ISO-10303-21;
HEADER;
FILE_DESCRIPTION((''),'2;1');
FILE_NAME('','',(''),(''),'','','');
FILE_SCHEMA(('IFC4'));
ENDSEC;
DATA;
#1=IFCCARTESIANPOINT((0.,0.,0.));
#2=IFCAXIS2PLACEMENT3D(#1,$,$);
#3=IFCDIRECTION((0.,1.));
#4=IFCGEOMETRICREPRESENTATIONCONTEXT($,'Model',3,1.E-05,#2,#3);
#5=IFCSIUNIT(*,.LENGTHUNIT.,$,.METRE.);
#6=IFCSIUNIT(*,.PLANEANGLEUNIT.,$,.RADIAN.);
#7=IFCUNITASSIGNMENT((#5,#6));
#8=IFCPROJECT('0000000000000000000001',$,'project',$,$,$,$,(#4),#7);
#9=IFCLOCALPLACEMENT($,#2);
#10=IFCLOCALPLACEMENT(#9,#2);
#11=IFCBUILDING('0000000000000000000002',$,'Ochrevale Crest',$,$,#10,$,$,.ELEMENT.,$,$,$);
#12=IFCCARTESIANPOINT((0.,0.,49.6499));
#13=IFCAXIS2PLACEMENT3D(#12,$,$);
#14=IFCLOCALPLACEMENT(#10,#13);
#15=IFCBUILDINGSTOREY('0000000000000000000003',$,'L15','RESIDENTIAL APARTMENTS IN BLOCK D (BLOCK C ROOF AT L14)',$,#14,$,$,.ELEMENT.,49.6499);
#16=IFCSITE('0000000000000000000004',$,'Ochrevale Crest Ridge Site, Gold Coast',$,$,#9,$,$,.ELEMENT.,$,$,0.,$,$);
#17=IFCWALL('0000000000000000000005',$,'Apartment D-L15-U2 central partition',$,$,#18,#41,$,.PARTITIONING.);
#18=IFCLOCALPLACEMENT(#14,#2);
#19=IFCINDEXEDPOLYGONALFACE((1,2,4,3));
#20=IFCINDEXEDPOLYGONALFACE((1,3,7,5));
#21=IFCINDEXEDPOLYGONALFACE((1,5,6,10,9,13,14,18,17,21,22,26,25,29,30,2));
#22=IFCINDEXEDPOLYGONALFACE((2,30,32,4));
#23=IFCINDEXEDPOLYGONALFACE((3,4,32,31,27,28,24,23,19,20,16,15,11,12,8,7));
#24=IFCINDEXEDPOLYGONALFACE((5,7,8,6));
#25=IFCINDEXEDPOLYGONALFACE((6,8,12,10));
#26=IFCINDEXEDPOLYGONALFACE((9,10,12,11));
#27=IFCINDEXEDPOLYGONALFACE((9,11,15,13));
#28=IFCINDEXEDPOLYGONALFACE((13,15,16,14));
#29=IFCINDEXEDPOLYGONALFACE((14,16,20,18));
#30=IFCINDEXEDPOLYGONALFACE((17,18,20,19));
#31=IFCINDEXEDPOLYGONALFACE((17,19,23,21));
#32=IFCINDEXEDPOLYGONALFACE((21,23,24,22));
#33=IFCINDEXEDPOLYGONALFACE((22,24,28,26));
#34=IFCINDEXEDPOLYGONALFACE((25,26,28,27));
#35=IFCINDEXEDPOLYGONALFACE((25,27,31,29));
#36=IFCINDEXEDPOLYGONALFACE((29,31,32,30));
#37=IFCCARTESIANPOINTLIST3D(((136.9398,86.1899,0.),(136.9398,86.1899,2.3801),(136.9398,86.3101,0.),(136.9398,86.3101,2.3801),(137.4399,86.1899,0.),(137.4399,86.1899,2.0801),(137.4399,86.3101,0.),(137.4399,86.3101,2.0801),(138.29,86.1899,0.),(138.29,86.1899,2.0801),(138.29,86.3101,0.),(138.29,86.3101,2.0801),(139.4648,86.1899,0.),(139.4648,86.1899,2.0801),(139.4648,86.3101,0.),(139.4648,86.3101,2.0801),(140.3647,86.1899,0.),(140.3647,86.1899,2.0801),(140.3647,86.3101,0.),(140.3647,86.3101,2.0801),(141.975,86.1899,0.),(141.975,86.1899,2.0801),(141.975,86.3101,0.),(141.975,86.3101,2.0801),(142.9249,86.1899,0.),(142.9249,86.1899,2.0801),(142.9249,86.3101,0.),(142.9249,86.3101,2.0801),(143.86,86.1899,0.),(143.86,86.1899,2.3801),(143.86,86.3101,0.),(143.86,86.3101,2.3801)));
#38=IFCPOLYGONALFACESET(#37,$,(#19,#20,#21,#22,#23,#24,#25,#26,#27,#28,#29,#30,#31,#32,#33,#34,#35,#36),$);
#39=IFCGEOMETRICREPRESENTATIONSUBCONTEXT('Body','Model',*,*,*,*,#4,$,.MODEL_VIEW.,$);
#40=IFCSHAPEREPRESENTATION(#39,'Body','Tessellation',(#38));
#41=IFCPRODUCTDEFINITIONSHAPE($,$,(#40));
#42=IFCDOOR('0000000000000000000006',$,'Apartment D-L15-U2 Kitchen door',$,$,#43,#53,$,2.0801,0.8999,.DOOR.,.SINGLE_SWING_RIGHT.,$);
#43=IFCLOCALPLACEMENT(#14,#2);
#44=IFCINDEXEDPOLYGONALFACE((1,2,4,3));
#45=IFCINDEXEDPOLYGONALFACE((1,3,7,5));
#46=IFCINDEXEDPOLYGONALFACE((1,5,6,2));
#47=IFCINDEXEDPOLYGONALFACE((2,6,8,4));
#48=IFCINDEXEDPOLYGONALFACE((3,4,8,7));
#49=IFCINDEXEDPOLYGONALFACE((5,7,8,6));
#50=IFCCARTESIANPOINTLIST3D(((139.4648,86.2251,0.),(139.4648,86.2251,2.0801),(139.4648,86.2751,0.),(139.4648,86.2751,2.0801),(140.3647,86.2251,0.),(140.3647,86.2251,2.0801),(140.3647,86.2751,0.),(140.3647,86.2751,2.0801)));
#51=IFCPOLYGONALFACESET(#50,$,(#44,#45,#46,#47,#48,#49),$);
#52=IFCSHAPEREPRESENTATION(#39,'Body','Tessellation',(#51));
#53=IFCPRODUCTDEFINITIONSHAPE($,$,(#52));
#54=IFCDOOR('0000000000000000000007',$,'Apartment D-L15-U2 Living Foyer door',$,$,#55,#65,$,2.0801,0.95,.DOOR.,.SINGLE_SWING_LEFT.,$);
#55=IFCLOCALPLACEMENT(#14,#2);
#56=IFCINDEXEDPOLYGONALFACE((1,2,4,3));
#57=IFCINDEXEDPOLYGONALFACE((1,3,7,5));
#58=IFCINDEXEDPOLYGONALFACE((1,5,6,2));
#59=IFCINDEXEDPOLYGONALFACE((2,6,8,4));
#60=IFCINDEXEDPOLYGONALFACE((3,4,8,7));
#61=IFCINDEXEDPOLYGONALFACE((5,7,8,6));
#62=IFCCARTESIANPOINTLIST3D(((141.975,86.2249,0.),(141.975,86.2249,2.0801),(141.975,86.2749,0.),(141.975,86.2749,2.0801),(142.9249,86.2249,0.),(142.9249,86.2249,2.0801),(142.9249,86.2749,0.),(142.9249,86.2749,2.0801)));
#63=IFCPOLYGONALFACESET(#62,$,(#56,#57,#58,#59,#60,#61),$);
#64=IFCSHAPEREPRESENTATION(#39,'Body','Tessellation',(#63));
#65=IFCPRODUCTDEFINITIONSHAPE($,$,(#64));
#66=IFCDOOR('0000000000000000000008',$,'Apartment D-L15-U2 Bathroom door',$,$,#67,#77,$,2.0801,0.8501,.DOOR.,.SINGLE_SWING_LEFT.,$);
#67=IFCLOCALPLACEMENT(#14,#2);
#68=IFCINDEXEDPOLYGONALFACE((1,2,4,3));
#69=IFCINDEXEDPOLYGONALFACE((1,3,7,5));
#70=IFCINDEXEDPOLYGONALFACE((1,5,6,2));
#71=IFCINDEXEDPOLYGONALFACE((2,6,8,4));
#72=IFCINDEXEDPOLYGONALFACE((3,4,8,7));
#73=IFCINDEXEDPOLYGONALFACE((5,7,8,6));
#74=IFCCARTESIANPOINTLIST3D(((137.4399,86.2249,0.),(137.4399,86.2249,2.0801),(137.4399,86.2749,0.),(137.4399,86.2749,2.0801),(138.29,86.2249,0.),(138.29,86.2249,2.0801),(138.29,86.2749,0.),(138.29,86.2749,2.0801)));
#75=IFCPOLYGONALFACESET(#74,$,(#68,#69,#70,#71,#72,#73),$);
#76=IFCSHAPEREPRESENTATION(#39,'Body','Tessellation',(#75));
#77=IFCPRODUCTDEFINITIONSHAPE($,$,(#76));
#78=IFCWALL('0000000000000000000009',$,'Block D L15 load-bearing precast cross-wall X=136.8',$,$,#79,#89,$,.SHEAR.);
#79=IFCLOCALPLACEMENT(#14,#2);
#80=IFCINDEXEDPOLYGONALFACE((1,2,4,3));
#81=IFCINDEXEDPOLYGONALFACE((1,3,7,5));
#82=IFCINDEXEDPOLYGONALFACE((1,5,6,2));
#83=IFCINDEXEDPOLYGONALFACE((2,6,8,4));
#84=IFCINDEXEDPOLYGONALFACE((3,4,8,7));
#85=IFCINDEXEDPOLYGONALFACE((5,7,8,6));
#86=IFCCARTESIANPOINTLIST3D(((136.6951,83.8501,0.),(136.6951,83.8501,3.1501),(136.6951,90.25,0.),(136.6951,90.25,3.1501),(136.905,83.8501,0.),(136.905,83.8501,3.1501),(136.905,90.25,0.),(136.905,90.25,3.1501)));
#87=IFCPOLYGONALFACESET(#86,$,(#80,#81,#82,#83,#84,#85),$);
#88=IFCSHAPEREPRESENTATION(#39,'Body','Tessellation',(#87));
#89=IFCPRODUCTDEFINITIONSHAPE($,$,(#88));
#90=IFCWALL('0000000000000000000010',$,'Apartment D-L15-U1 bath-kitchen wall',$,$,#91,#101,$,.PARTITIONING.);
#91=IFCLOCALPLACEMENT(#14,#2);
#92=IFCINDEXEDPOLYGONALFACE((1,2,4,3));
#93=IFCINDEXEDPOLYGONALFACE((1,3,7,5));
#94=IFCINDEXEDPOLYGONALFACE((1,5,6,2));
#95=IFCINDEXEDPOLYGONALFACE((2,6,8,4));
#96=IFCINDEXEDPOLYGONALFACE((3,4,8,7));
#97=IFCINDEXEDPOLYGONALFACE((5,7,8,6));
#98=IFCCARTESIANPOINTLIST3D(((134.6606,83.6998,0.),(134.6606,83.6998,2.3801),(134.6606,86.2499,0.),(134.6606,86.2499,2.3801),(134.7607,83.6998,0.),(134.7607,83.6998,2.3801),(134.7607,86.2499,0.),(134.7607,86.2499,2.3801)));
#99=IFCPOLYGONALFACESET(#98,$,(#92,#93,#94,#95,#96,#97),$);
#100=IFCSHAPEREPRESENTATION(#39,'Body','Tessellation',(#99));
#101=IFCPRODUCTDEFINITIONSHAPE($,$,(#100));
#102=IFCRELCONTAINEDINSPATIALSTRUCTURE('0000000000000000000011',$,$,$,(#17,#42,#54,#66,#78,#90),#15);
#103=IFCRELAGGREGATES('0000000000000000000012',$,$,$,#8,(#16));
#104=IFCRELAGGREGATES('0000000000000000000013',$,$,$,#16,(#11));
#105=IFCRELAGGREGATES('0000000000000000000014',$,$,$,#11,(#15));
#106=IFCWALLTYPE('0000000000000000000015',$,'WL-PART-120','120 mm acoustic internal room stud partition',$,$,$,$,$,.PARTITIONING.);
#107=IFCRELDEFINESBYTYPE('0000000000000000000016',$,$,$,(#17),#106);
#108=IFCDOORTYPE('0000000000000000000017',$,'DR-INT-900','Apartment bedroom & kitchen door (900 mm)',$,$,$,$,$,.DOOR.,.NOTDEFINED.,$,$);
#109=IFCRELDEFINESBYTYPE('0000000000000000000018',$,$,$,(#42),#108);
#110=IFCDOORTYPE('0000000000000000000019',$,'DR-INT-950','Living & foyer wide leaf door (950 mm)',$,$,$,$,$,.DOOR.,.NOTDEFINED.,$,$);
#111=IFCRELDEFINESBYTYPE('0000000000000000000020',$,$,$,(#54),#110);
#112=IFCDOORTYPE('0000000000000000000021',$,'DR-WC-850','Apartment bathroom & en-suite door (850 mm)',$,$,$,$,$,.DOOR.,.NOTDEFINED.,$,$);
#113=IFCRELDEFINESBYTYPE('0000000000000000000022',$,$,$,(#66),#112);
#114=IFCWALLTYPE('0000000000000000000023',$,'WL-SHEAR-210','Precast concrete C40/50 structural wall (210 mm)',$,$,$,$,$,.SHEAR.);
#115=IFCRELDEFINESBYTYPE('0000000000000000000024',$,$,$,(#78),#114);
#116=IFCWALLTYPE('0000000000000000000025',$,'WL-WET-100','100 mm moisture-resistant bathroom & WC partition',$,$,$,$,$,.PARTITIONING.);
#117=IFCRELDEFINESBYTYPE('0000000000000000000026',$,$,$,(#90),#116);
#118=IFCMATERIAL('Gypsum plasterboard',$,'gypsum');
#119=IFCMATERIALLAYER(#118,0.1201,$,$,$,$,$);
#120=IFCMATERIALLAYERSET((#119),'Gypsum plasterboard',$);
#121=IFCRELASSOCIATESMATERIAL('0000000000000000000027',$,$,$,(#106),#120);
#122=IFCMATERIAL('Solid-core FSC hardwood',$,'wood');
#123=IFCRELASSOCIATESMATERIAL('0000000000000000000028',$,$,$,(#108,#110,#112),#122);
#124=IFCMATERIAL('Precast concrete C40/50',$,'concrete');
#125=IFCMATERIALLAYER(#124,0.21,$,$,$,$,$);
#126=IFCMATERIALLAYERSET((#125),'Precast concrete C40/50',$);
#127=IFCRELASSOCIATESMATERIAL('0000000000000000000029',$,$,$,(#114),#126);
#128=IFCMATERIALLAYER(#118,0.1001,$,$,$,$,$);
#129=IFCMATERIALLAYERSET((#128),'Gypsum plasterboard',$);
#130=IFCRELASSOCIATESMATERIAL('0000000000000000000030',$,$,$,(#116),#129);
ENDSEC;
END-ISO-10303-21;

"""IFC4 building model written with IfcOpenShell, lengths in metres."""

from ifc_helpers import new_model, si_unit, direction, frame, frame_2d, origin, place, context, subcontext, project, spatial, rectangle, extrude, material, layer, layer_set, type_object, element, fill, save


model = new_model("IFC4")

# Units and contexts
model_context = context("Model", 3, precision=1e-05, world=origin(), true_north=direction((0.0, 1.0)))
body_context = subcontext(model_context, "Body", "Model", "MODEL_VIEW")
ifc_project = project(units=[si_unit("LENGTHUNIT", "METRE"), si_unit("PLANEANGLEUNIT", "RADIAN")], contexts=[model_context])

# Site, building, storey
site_placement = place(None, origin())
site = spatial("IfcSite", under=ifc_project, at=site_placement, Name="Ochrevale Crest Ridge Site, Gold Coast", CompositionType="ELEMENT", RefElevation=0.0)
building_placement = place(site_placement, origin())
building = spatial("IfcBuilding", under=site, at=building_placement, Name="Ochrevale Crest", CompositionType="ELEMENT")
storey_placement = place(building_placement, frame((0.0, 0.0, 49.6499)))
storey = spatial("IfcBuildingStorey", under=building, at=storey_placement, Name="L15", Description="RESIDENTIAL APARTMENTS IN BLOCK D (BLOCK C ROOF AT L14)", CompositionType="ELEMENT", Elevation=49.6499)

# Shared definitions
ifc_material_1 = material(Name="Precast concrete C40/50", Category="concrete")

# Shared definitions
ifc_material_2 = material(Name="Gypsum plasterboard", Category="gypsum")
ifc_material_3 = material(Name="Solid-core FSC hardwood", Category="wood")

# Wall, openings, doors
ifc_layer_1 = layer(ifc_material_2, 0.1201)
ifc_layer_set_1 = layer_set([ifc_layer_1], Name="Gypsum plasterboard")
wall_type_1 = type_object("IfcWallType", Name="WL-PART-120", Description="120 mm acoustic internal room stud partition", PredefinedType="PARTITIONING", material=ifc_layer_set_1)
wall_1_placement = place(storey_placement, frame((136.9399, 86.25, 0.0), z_axis=(0.0, 0.0, 1.0), x_axis=(1.0, 0.0, 0.0)))
wall_1 = element("IfcWall", 1, at=wall_1_placement, inside=storey, type_object=wall_type_1, Name="Apartment D-L15-U2 central partition", PredefinedType="PARTITIONING", context=body_context, shape_type="SweptSolid", body=[
    extrude(rectangle(XDim=6.9202, YDim=0.1201, at=frame_2d((3.46, 0.0))), origin(), (0.0, 0.0, 1.0), 2.3801),
])
opening_1_placement = place(wall_1_placement, frame((0.5, 0.0, 0.0)))
opening_1 = element("IfcOpeningElement", 2, at=opening_1_placement, cuts=wall_1, PredefinedType="OPENING", context=body_context, shape_type="SweptSolid", body=[
    extrude(rectangle(XDim=0.8501, YDim=2.0801, at=frame_2d((0.425, 1.04))), frame((0.0, 0.0701, 0.0), z_axis=(0.0, -1.0, 0.0), x_axis=(1.0, 0.0, 0.0)), (0.0, 0.0, 1.0), 0.1401),
])
opening_2_placement = place(wall_1_placement, frame((3.4248, 0.0, 0.0), z_axis=(0.0, 0.0, 1.0), x_axis=(-1.0, 0.0, 0.0)))
opening_2 = element("IfcOpeningElement", 3, at=opening_2_placement, cuts=wall_1, PredefinedType="OPENING", context=body_context, shape_type="SweptSolid", body=[
    extrude(rectangle(XDim=0.8999, YDim=2.0801, at=frame_2d((0.45, 1.04))), frame((0.0, 0.0701, 0.0), z_axis=(0.0, -1.0, 0.0), x_axis=(1.0, 0.0, 0.0)), (0.0, 0.0, 1.0), 0.1401),
])
opening_3_placement = place(wall_1_placement, frame((5.0349, 0.0, 0.0)))
opening_3 = element("IfcOpeningElement", 4, at=opening_3_placement, cuts=wall_1, PredefinedType="OPENING", context=body_context, shape_type="SweptSolid", body=[
    extrude(rectangle(XDim=0.95, YDim=2.0801, at=frame_2d((0.4751, 1.04))), frame((0.0, 0.0701, 0.0), z_axis=(0.0, -1.0, 0.0), x_axis=(1.0, 0.0, 0.0)), (0.0, 0.0, 1.0), 0.1401),
])
door_type_1 = type_object("IfcDoorType", Name="DR-INT-900", Description="Apartment bedroom & kitchen door (900 mm)", OperationType="NOTDEFINED", PredefinedType="DOOR", material=ifc_material_3)
door_1_placement = place(opening_2_placement, origin())
door_1 = element("IfcDoor", 5, at=door_1_placement, inside=storey, type_object=door_type_1, Name="Apartment D-L15-U2 Kitchen door", OperationType="SINGLE_SWING_RIGHT", OverallHeight=2.0801, OverallWidth=0.8999, PredefinedType="DOOR", context=body_context, shape_type="SweptSolid", body=[
    extrude(rectangle(XDim=0.8999, YDim=2.0801, at=frame_2d((0.45, 1.04))), frame((0.0, 0.0249, 0.0), z_axis=(0.0, -1.0, 0.0), x_axis=(1.0, 0.0, 0.0)), (0.0, 0.0, 1.0), 0.05),
])
fill(opening_2, door_1)
door_type_2 = type_object("IfcDoorType", Name="DR-INT-950", Description="Living & foyer wide leaf door (950 mm)", OperationType="NOTDEFINED", PredefinedType="DOOR", material=ifc_material_3)
door_2_placement = place(opening_3_placement, origin())
door_2 = element("IfcDoor", 6, at=door_2_placement, inside=storey, type_object=door_type_2, Name="Apartment D-L15-U2 Living Foyer door", OperationType="SINGLE_SWING_LEFT", OverallHeight=2.0801, OverallWidth=0.95, PredefinedType="DOOR", context=body_context, shape_type="SweptSolid", body=[
    extrude(rectangle(XDim=0.95, YDim=2.0801, at=frame_2d((0.4751, 1.04))), frame((0.0, 0.0249, 0.0), z_axis=(0.0, -1.0, 0.0), x_axis=(1.0, 0.0, 0.0)), (0.0, 0.0, 1.0), 0.05),
])
fill(opening_3, door_2)
door_type_3 = type_object("IfcDoorType", Name="DR-WC-850", Description="Apartment bathroom & en-suite door (850 mm)", OperationType="NOTDEFINED", PredefinedType="DOOR", material=ifc_material_3)
door_3_placement = place(opening_1_placement, origin())
door_3 = element("IfcDoor", 7, at=door_3_placement, inside=storey, type_object=door_type_3, Name="Apartment D-L15-U2 Bathroom door", OperationType="SINGLE_SWING_LEFT", OverallHeight=2.0801, OverallWidth=0.8501, PredefinedType="DOOR", context=body_context, shape_type="SweptSolid", body=[
    extrude(rectangle(XDim=0.8501, YDim=2.0801, at=frame_2d((0.425, 1.04))), frame((0.0, 0.0249, 0.0), z_axis=(0.0, -1.0, 0.0), x_axis=(1.0, 0.0, 0.0)), (0.0, 0.0, 1.0), 0.05),
])
fill(opening_1, door_3)

# Walls
ifc_layer_2 = layer(ifc_material_1, 0.21)
ifc_layer_set_2 = layer_set([ifc_layer_2], Name="Precast concrete C40/50")
wall_type_2 = type_object("IfcWallType", Name="WL-SHEAR-210", Description="Precast concrete C40/50 structural wall (210 mm)", PredefinedType="SHEAR", material=ifc_layer_set_2)
wall_2_placement = place(storey_placement, frame((136.8, 83.8501, 0.0), z_axis=(0.0, 0.0, 1.0), x_axis=(0.0, 1.0, 0.0)))
element("IfcWall", 8, at=wall_2_placement, inside=storey, type_object=wall_type_2, Name="Block D L15 load-bearing precast cross-wall X=136.8", PredefinedType="SHEAR", context=body_context, shape_type="SweptSolid", body=[
    extrude(rectangle(XDim=6.3999, YDim=0.21, at=frame_2d((3.2, 0.0))), origin(), (0.0, 0.0, 1.0), 3.1501),
])
ifc_layer_3 = layer(ifc_material_2, 0.1001)
ifc_layer_set_3 = layer_set([ifc_layer_3], Name="Gypsum plasterboard")
wall_type_3 = type_object("IfcWallType", Name="WL-WET-100", Description="100 mm moisture-resistant bathroom & WC partition", PredefinedType="PARTITIONING", material=ifc_layer_set_3)
wall_3_placement = place(storey_placement, frame((134.7107, 83.7, 0.0), z_axis=(0.0, 0.0, 1.0), x_axis=(0.0, 1.0, 0.0)))
element("IfcWall", 9, at=wall_3_placement, inside=storey, type_object=wall_type_3, Name="Apartment D-L15-U1 bath-kitchen wall", PredefinedType="PARTITIONING", context=body_context, shape_type="SweptSolid", body=[
    extrude(rectangle(XDim=2.55, YDim=0.1001, at=frame_2d((1.2749, 0.0))), origin(), (0.0, 0.0, 1.0), 2.3801),
])

save(model, "model.ifc")
